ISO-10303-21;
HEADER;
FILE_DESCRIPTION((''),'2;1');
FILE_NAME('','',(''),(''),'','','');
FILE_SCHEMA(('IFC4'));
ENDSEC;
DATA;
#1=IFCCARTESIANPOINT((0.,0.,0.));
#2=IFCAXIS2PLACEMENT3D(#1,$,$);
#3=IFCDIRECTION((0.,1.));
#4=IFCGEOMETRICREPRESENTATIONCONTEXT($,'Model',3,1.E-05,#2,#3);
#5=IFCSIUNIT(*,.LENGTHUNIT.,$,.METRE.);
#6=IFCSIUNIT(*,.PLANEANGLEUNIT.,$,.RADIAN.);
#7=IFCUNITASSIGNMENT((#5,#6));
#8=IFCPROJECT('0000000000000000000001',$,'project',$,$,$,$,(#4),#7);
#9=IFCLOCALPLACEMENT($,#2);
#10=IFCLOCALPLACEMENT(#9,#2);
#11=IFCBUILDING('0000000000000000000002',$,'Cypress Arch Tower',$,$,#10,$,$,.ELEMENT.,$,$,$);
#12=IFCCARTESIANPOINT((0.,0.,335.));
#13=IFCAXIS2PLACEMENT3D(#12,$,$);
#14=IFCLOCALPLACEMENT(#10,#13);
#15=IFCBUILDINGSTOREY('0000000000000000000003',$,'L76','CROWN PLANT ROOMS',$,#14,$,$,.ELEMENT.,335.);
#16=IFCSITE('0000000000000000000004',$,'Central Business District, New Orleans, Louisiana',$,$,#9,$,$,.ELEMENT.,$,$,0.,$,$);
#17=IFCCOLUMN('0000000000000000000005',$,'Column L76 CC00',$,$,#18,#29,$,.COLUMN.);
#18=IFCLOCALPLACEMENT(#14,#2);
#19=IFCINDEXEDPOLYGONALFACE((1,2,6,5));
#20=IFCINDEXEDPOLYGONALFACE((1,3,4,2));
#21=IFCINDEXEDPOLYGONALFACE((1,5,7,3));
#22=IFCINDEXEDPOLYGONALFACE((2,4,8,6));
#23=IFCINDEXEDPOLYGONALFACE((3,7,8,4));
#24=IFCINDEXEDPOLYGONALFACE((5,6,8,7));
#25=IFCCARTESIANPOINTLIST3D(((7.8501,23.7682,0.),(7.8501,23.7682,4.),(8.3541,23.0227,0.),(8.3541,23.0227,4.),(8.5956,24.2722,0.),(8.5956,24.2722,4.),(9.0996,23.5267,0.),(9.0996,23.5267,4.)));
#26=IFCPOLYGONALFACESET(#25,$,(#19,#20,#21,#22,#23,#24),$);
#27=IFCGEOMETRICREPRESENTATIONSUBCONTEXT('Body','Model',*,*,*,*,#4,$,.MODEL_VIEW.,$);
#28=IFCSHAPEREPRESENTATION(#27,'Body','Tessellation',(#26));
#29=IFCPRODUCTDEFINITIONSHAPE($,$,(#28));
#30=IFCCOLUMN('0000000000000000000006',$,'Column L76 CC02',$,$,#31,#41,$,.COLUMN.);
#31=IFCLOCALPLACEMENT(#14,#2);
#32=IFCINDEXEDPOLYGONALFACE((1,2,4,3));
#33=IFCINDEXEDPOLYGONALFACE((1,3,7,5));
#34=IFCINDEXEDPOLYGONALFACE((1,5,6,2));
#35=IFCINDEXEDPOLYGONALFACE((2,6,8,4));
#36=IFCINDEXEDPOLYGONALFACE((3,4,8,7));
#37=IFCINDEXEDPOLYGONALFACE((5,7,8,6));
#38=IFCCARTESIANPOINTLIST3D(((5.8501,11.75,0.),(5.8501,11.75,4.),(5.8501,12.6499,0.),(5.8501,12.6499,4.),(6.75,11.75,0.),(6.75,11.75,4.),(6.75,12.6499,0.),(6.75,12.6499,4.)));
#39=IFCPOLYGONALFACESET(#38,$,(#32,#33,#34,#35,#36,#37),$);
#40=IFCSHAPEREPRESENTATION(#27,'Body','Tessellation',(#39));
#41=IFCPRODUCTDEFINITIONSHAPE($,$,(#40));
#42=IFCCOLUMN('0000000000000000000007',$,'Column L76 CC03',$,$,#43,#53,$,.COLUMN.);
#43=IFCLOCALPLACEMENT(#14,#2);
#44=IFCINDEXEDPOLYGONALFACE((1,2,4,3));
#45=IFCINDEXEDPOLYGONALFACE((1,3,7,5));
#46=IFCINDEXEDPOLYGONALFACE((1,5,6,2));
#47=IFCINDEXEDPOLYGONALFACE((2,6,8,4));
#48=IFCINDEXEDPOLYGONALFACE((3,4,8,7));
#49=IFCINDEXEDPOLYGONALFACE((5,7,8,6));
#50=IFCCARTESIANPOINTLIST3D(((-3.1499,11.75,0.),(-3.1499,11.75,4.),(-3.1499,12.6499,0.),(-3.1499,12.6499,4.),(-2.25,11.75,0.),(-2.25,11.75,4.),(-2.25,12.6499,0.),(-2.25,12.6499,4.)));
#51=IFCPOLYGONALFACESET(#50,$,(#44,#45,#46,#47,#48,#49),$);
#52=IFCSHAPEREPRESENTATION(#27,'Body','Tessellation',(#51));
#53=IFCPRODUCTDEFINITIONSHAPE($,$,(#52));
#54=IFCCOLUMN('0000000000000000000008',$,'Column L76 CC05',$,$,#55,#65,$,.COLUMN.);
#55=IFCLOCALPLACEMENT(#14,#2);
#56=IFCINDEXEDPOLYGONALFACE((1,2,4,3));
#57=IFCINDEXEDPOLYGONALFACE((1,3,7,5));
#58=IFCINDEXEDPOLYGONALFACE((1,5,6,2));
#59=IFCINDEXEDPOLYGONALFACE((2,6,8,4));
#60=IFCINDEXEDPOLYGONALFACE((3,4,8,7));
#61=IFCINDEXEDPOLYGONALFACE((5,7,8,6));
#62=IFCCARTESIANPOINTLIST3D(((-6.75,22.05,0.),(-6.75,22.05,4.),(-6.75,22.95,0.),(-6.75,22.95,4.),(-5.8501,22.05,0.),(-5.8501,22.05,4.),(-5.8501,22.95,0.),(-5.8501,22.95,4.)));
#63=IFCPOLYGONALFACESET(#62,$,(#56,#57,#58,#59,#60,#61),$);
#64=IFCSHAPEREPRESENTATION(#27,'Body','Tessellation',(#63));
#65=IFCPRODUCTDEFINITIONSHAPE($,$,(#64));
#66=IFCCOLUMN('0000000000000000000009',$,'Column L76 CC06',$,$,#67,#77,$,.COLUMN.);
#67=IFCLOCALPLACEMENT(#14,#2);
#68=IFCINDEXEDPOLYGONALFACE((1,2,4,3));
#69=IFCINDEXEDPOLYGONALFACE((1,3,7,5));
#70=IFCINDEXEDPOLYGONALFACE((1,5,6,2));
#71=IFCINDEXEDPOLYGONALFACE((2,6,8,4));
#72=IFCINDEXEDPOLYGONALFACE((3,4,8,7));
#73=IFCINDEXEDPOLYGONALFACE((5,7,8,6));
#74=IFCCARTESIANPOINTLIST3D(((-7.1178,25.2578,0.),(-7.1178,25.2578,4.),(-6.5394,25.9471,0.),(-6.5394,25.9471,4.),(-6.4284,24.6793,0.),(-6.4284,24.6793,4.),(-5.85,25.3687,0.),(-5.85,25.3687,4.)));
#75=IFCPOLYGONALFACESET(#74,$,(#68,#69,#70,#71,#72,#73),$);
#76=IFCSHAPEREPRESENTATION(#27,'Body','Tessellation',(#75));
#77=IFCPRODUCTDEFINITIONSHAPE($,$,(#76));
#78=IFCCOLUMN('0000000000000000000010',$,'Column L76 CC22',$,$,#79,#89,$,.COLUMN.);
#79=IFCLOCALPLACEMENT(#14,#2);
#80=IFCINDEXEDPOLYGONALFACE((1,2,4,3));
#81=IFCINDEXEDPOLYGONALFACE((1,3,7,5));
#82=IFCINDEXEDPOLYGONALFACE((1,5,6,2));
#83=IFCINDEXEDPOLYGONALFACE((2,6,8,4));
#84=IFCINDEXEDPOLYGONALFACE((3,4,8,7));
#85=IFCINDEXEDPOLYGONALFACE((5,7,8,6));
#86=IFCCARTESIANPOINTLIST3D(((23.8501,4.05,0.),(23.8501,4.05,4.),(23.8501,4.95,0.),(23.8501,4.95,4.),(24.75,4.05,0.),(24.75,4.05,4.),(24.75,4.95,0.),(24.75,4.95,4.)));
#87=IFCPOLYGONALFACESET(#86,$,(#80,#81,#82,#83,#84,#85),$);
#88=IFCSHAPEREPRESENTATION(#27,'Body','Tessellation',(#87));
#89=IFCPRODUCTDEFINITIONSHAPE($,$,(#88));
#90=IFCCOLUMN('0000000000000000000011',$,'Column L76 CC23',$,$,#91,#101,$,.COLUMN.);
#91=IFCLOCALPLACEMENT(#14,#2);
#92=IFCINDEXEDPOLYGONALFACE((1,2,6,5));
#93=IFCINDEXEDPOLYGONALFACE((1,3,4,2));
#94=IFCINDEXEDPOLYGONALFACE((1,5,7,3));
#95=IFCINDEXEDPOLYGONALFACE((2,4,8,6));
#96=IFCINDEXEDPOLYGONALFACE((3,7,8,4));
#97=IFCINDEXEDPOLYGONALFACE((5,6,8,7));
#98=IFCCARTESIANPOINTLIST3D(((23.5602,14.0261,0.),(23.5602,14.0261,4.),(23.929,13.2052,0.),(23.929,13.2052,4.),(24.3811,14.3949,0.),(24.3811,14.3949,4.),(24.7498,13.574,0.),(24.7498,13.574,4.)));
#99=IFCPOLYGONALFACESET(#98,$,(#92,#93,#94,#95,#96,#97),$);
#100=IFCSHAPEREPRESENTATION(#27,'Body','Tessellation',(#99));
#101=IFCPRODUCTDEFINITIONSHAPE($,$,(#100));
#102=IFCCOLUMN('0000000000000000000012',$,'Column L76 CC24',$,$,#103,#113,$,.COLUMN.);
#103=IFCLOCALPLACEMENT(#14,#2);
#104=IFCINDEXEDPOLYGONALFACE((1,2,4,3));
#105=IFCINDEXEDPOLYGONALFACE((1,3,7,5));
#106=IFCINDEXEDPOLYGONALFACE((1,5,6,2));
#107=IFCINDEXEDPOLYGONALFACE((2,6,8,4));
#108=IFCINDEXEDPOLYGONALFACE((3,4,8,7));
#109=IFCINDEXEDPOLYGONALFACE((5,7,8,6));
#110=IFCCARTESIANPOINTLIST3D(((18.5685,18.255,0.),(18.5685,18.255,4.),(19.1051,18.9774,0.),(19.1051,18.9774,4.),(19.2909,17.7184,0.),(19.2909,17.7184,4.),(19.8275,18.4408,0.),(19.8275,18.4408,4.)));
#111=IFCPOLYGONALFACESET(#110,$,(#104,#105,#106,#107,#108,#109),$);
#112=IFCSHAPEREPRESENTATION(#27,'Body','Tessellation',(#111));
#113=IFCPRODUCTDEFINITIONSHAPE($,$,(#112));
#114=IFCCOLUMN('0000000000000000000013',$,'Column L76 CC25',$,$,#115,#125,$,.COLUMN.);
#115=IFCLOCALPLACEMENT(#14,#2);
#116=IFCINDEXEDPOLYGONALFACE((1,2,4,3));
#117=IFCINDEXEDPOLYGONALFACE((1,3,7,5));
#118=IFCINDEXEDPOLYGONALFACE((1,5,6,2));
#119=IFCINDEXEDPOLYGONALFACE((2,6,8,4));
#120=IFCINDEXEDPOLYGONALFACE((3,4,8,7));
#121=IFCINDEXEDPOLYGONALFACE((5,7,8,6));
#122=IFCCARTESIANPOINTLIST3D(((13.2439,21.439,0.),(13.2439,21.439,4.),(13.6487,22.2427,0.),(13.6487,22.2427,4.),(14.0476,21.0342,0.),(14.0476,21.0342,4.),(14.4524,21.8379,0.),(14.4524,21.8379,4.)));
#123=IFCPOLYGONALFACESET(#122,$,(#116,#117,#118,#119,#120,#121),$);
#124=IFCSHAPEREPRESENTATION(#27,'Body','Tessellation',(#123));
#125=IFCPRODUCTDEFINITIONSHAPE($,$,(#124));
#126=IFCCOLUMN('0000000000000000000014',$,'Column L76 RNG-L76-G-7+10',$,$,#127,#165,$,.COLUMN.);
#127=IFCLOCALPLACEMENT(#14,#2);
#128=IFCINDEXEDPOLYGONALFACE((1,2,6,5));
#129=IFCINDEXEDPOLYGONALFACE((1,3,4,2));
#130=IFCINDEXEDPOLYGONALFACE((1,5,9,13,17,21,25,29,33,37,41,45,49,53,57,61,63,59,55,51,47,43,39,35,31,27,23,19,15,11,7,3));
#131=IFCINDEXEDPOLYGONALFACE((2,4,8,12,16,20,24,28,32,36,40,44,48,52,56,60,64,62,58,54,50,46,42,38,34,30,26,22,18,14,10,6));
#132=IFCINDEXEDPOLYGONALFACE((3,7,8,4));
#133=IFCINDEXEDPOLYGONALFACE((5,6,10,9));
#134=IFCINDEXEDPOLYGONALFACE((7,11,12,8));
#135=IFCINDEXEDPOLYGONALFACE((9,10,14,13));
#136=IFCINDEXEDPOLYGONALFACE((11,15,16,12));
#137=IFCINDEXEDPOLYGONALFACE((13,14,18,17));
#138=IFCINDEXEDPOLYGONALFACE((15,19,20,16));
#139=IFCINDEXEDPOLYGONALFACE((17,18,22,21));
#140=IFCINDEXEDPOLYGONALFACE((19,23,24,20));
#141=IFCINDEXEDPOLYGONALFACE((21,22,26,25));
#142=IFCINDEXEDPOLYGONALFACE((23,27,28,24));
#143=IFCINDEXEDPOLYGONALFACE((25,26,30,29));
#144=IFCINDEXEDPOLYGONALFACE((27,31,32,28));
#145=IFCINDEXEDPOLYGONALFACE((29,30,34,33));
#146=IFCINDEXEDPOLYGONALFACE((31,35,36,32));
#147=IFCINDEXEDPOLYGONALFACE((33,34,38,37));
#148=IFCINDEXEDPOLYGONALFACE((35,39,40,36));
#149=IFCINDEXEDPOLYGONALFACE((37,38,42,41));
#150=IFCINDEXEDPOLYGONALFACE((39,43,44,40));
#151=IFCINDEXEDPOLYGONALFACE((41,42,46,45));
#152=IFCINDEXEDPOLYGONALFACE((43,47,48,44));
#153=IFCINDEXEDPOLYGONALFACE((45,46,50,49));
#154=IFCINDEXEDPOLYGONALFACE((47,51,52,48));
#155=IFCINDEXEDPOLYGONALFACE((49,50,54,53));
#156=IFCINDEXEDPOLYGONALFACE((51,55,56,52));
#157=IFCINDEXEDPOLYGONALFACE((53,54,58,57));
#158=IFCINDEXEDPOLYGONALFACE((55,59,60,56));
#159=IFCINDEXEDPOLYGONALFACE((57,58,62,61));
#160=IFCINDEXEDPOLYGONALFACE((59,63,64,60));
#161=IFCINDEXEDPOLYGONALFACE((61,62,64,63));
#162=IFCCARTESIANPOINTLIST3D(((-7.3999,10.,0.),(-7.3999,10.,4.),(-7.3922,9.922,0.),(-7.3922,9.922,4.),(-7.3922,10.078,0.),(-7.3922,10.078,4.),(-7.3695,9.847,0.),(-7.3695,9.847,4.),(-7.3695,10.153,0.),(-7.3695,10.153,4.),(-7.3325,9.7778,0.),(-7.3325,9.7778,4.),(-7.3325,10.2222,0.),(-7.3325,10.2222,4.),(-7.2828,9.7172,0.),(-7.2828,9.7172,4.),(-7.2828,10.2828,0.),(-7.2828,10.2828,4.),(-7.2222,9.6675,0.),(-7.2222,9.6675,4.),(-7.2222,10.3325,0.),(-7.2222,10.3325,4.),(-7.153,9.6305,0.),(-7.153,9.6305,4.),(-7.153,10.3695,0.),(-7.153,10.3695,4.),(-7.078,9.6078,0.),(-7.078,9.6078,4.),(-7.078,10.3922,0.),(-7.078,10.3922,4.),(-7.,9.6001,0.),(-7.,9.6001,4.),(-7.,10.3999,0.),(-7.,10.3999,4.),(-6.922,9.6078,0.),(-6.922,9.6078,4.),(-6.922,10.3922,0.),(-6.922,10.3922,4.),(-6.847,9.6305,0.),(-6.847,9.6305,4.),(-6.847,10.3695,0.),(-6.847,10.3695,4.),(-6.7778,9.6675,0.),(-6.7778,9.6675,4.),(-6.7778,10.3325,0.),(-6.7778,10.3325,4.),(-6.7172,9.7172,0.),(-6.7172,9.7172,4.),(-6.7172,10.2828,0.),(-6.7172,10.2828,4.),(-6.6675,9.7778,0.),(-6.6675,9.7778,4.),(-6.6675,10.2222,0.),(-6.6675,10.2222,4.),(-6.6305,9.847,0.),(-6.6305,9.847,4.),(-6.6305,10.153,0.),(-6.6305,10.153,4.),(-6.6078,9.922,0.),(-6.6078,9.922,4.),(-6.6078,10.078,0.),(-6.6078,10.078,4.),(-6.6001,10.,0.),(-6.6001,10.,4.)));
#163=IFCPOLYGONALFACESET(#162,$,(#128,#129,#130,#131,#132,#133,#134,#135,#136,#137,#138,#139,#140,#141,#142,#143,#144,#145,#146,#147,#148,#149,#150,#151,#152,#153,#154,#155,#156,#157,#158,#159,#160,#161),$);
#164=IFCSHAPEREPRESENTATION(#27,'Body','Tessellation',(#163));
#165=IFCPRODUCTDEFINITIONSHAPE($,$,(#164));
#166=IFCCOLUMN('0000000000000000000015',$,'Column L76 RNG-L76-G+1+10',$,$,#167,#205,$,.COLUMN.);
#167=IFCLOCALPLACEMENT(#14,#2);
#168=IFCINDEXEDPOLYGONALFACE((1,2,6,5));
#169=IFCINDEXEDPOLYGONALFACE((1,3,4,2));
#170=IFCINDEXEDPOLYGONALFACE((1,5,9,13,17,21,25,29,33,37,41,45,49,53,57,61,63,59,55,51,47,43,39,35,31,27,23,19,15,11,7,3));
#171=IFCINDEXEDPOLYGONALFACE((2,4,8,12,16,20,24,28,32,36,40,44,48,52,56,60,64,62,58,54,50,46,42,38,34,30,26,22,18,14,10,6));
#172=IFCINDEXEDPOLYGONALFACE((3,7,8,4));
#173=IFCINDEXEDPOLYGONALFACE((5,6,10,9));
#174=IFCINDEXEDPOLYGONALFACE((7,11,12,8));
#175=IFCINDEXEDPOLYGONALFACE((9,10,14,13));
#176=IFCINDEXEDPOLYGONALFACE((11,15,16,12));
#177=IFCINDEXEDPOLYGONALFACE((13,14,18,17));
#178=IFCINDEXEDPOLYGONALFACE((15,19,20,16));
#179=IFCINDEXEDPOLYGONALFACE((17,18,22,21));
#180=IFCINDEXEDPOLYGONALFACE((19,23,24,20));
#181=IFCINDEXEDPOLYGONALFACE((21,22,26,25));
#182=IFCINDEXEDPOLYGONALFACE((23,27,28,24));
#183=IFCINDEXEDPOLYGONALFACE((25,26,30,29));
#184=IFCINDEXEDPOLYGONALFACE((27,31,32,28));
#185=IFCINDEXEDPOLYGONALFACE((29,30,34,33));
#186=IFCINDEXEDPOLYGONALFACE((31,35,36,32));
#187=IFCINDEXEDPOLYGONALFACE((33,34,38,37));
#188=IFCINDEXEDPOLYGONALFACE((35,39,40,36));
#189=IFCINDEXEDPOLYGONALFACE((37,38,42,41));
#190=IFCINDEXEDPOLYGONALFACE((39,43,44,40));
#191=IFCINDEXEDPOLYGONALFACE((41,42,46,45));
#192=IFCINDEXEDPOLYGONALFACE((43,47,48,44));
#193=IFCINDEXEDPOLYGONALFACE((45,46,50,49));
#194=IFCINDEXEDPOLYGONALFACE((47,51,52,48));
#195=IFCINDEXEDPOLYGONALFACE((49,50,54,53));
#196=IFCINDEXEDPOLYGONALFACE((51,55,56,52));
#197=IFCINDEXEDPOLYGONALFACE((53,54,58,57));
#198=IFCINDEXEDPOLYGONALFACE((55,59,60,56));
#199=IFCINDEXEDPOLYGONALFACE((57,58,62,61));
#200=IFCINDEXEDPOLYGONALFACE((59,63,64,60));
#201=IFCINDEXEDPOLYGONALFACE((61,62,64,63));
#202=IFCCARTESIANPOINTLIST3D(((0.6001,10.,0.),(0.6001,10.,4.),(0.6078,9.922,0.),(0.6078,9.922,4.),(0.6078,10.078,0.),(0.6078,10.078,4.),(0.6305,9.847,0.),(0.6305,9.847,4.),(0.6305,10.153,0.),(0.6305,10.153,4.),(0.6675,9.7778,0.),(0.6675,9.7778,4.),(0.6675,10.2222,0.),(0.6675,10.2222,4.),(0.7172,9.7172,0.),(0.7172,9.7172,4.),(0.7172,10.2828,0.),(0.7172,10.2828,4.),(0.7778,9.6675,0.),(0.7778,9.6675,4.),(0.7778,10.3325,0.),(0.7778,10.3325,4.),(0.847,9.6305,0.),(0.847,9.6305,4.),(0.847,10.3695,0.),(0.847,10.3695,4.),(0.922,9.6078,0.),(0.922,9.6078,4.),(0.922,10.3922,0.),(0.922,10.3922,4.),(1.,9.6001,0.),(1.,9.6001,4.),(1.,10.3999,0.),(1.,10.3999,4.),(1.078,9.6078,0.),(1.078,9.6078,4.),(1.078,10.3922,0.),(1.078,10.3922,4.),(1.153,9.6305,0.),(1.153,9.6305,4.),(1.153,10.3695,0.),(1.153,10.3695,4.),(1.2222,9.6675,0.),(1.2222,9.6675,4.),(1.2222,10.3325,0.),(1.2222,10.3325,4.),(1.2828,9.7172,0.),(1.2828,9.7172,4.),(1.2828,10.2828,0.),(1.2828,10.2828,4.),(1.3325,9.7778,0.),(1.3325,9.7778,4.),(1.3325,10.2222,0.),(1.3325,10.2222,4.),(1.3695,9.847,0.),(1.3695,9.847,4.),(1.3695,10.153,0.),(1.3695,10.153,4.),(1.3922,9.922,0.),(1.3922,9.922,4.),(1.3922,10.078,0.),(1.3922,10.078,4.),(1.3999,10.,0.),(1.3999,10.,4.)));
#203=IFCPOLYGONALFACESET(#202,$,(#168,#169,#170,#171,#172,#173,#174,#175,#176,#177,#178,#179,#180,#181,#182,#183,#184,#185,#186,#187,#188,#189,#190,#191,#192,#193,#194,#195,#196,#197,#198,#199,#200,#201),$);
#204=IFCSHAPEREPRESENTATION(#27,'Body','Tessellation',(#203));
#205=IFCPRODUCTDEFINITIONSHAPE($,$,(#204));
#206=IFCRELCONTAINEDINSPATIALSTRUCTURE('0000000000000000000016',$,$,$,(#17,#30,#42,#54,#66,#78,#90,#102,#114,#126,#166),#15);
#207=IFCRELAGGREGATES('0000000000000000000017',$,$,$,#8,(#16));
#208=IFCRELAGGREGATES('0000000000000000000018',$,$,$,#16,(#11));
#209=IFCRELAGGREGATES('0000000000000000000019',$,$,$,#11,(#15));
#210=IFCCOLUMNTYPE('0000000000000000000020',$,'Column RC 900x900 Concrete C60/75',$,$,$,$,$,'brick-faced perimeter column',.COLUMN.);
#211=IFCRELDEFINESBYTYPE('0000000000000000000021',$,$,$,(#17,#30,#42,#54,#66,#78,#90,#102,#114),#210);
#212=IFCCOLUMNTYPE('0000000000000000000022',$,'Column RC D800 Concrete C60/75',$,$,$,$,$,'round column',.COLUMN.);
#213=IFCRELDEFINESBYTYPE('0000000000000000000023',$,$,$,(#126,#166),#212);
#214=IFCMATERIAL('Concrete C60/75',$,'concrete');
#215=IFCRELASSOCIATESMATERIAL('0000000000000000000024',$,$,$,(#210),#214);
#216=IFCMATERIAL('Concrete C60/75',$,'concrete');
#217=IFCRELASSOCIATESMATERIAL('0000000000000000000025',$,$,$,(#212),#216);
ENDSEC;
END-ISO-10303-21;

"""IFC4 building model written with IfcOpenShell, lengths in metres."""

from ifc_helpers import new_model, si_unit, direction, frame, origin, origin_2d, place, context, subcontext, project, spatial, rectangle, circle, extrude, material, material_profile, profile_set, type_object, element, save


model = new_model("IFC4")

# Units and contexts
model_context = context("Model", 3, precision=1e-05, world=origin(), true_north=direction((0.0, 1.0)))
body_context = subcontext(model_context, "Body", "Model", "MODEL_VIEW")
ifc_project = project(units=[si_unit("LENGTHUNIT", "METRE"), si_unit("PLANEANGLEUNIT", "RADIAN")], contexts=[model_context])

# Site, building, storey
site_placement = place(None, origin())
site = spatial("IfcSite", under=ifc_project, at=site_placement, Name="Central Business District, New Orleans, Louisiana", CompositionType="ELEMENT", RefElevation=0.0)
building_placement = place(site_placement, origin())
building = spatial("IfcBuilding", under=site, at=building_placement, Name="Cypress Arch Tower", CompositionType="ELEMENT")
storey_placement = place(building_placement, frame((0.0, 0.0, 335.0)))
storey = spatial("IfcBuildingStorey", under=building, at=storey_placement, Name="L76", Description="CROWN PLANT ROOMS", CompositionType="ELEMENT", Elevation=335.0)

# Columns
ifc_material_1 = material(Name="Concrete C60/75", Category="concrete")
ifc_material_profile_1 = material_profile(ifc_material_1, rectangle(XDim=0.8999, YDim=0.8999, at=origin_2d()), Name="RC 900x900")
ifc_profile_set_1 = profile_set([ifc_material_profile_1], Name="Concrete C60/75")
column_type_1 = type_object("IfcColumnType", Name="Column RC 900x900 Concrete C60/75", ElementType="brick-faced perimeter column", PredefinedType="COLUMN", material=ifc_profile_set_1)
for number, where, z_axis, x_axis, name in (
    (1, (8.4749, 23.6475, 0.0), (0.0, 0.0, 1.0), (-0.82847, -0.560034, 0.0), "Column L76 CC00"),
    (2, (6.3, 12.2, 0.0), (0.0, 0.0, 1.0), (-1.0, 0.0, 0.0), "Column L76 CC02"),
    (3, (-2.7, 12.2, 0.0), (0.0, 0.0, 1.0), (-1.0, 0.0, 0.0), "Column L76 CC03"),
    (4, (-6.3, 22.5, 0.0), (0.0, 0.0, 1.0), (0.0, 1.0, 0.0), "Column L76 CC05"),
    (5, (-6.4839, 25.3132, 0.0), (0.0, 0.0, 1.0), (-0.766064, 0.642765, 0.0), "Column L76 CC06"),
    (6, (24.3, 4.5, 0.0), (0.0, 0.0, 1.0), (0.0, 1.0, 0.0), "Column L76 CC22"),
    (7, (24.155, 13.8, 0.0), (0.0, 0.0, 1.0), (-0.409765, 0.912191, 0.0), "Column L76 CC23"),
    (8, (19.198, 18.3479, 0.0), (0.0, 0.0, 1.0), (-0.802799, 0.59625, 0.0), "Column L76 CC24"),
    (9, (13.8481, 21.6384, 0.0), (0.0, 0.0, 1.0), (-0.893106, 0.449845, 0.0), "Column L76 CC25"),
):
    element("IfcColumn", number, at=place(storey_placement, frame(where, z_axis=z_axis, x_axis=x_axis)), inside=storey, type_object=column_type_1, Name=name, PredefinedType="COLUMN", context=body_context, shape_type="SweptSolid", body=[
        extrude(rectangle(XDim=0.8999, YDim=0.8999, at=origin_2d()), origin(), (0.0, 0.0, 1.0), 4.0),
    ])
ifc_material_2 = material(Name="Concrete C60/75", Category="concrete")
ifc_material_profile_2 = material_profile(ifc_material_2, circle(Radius=0.3999, at=origin_2d()), Name="RC D800")
ifc_profile_set_2 = profile_set([ifc_material_profile_2], Name="Concrete C60/75")
column_type_2 = type_object("IfcColumnType", Name="Column RC D800 Concrete C60/75", ElementType="round column", PredefinedType="COLUMN", material=ifc_profile_set_2)
for number, where, z_axis, x_axis, name in (
    (10, (-7.0, 10.0, 0.0), (0.0, 0.0, 1.0), (1.0, 0.0, 0.0), "Column L76 RNG-L76-G-7+10"),
    (11, (1.0, 10.0, 0.0), (0.0, 0.0, 1.0), (1.0, 0.0, 0.0), "Column L76 RNG-L76-G+1+10"),
):
    element("IfcColumn", number, at=place(storey_placement, frame(where, z_axis=z_axis, x_axis=x_axis)), inside=storey, type_object=column_type_2, Name=name, PredefinedType="COLUMN", context=body_context, shape_type="SweptSolid", body=[
        extrude(circle(Radius=0.3999, at=origin_2d()), origin(), (0.0, 0.0, 1.0), 4.0),
    ])

save(model, "model.ifc")
